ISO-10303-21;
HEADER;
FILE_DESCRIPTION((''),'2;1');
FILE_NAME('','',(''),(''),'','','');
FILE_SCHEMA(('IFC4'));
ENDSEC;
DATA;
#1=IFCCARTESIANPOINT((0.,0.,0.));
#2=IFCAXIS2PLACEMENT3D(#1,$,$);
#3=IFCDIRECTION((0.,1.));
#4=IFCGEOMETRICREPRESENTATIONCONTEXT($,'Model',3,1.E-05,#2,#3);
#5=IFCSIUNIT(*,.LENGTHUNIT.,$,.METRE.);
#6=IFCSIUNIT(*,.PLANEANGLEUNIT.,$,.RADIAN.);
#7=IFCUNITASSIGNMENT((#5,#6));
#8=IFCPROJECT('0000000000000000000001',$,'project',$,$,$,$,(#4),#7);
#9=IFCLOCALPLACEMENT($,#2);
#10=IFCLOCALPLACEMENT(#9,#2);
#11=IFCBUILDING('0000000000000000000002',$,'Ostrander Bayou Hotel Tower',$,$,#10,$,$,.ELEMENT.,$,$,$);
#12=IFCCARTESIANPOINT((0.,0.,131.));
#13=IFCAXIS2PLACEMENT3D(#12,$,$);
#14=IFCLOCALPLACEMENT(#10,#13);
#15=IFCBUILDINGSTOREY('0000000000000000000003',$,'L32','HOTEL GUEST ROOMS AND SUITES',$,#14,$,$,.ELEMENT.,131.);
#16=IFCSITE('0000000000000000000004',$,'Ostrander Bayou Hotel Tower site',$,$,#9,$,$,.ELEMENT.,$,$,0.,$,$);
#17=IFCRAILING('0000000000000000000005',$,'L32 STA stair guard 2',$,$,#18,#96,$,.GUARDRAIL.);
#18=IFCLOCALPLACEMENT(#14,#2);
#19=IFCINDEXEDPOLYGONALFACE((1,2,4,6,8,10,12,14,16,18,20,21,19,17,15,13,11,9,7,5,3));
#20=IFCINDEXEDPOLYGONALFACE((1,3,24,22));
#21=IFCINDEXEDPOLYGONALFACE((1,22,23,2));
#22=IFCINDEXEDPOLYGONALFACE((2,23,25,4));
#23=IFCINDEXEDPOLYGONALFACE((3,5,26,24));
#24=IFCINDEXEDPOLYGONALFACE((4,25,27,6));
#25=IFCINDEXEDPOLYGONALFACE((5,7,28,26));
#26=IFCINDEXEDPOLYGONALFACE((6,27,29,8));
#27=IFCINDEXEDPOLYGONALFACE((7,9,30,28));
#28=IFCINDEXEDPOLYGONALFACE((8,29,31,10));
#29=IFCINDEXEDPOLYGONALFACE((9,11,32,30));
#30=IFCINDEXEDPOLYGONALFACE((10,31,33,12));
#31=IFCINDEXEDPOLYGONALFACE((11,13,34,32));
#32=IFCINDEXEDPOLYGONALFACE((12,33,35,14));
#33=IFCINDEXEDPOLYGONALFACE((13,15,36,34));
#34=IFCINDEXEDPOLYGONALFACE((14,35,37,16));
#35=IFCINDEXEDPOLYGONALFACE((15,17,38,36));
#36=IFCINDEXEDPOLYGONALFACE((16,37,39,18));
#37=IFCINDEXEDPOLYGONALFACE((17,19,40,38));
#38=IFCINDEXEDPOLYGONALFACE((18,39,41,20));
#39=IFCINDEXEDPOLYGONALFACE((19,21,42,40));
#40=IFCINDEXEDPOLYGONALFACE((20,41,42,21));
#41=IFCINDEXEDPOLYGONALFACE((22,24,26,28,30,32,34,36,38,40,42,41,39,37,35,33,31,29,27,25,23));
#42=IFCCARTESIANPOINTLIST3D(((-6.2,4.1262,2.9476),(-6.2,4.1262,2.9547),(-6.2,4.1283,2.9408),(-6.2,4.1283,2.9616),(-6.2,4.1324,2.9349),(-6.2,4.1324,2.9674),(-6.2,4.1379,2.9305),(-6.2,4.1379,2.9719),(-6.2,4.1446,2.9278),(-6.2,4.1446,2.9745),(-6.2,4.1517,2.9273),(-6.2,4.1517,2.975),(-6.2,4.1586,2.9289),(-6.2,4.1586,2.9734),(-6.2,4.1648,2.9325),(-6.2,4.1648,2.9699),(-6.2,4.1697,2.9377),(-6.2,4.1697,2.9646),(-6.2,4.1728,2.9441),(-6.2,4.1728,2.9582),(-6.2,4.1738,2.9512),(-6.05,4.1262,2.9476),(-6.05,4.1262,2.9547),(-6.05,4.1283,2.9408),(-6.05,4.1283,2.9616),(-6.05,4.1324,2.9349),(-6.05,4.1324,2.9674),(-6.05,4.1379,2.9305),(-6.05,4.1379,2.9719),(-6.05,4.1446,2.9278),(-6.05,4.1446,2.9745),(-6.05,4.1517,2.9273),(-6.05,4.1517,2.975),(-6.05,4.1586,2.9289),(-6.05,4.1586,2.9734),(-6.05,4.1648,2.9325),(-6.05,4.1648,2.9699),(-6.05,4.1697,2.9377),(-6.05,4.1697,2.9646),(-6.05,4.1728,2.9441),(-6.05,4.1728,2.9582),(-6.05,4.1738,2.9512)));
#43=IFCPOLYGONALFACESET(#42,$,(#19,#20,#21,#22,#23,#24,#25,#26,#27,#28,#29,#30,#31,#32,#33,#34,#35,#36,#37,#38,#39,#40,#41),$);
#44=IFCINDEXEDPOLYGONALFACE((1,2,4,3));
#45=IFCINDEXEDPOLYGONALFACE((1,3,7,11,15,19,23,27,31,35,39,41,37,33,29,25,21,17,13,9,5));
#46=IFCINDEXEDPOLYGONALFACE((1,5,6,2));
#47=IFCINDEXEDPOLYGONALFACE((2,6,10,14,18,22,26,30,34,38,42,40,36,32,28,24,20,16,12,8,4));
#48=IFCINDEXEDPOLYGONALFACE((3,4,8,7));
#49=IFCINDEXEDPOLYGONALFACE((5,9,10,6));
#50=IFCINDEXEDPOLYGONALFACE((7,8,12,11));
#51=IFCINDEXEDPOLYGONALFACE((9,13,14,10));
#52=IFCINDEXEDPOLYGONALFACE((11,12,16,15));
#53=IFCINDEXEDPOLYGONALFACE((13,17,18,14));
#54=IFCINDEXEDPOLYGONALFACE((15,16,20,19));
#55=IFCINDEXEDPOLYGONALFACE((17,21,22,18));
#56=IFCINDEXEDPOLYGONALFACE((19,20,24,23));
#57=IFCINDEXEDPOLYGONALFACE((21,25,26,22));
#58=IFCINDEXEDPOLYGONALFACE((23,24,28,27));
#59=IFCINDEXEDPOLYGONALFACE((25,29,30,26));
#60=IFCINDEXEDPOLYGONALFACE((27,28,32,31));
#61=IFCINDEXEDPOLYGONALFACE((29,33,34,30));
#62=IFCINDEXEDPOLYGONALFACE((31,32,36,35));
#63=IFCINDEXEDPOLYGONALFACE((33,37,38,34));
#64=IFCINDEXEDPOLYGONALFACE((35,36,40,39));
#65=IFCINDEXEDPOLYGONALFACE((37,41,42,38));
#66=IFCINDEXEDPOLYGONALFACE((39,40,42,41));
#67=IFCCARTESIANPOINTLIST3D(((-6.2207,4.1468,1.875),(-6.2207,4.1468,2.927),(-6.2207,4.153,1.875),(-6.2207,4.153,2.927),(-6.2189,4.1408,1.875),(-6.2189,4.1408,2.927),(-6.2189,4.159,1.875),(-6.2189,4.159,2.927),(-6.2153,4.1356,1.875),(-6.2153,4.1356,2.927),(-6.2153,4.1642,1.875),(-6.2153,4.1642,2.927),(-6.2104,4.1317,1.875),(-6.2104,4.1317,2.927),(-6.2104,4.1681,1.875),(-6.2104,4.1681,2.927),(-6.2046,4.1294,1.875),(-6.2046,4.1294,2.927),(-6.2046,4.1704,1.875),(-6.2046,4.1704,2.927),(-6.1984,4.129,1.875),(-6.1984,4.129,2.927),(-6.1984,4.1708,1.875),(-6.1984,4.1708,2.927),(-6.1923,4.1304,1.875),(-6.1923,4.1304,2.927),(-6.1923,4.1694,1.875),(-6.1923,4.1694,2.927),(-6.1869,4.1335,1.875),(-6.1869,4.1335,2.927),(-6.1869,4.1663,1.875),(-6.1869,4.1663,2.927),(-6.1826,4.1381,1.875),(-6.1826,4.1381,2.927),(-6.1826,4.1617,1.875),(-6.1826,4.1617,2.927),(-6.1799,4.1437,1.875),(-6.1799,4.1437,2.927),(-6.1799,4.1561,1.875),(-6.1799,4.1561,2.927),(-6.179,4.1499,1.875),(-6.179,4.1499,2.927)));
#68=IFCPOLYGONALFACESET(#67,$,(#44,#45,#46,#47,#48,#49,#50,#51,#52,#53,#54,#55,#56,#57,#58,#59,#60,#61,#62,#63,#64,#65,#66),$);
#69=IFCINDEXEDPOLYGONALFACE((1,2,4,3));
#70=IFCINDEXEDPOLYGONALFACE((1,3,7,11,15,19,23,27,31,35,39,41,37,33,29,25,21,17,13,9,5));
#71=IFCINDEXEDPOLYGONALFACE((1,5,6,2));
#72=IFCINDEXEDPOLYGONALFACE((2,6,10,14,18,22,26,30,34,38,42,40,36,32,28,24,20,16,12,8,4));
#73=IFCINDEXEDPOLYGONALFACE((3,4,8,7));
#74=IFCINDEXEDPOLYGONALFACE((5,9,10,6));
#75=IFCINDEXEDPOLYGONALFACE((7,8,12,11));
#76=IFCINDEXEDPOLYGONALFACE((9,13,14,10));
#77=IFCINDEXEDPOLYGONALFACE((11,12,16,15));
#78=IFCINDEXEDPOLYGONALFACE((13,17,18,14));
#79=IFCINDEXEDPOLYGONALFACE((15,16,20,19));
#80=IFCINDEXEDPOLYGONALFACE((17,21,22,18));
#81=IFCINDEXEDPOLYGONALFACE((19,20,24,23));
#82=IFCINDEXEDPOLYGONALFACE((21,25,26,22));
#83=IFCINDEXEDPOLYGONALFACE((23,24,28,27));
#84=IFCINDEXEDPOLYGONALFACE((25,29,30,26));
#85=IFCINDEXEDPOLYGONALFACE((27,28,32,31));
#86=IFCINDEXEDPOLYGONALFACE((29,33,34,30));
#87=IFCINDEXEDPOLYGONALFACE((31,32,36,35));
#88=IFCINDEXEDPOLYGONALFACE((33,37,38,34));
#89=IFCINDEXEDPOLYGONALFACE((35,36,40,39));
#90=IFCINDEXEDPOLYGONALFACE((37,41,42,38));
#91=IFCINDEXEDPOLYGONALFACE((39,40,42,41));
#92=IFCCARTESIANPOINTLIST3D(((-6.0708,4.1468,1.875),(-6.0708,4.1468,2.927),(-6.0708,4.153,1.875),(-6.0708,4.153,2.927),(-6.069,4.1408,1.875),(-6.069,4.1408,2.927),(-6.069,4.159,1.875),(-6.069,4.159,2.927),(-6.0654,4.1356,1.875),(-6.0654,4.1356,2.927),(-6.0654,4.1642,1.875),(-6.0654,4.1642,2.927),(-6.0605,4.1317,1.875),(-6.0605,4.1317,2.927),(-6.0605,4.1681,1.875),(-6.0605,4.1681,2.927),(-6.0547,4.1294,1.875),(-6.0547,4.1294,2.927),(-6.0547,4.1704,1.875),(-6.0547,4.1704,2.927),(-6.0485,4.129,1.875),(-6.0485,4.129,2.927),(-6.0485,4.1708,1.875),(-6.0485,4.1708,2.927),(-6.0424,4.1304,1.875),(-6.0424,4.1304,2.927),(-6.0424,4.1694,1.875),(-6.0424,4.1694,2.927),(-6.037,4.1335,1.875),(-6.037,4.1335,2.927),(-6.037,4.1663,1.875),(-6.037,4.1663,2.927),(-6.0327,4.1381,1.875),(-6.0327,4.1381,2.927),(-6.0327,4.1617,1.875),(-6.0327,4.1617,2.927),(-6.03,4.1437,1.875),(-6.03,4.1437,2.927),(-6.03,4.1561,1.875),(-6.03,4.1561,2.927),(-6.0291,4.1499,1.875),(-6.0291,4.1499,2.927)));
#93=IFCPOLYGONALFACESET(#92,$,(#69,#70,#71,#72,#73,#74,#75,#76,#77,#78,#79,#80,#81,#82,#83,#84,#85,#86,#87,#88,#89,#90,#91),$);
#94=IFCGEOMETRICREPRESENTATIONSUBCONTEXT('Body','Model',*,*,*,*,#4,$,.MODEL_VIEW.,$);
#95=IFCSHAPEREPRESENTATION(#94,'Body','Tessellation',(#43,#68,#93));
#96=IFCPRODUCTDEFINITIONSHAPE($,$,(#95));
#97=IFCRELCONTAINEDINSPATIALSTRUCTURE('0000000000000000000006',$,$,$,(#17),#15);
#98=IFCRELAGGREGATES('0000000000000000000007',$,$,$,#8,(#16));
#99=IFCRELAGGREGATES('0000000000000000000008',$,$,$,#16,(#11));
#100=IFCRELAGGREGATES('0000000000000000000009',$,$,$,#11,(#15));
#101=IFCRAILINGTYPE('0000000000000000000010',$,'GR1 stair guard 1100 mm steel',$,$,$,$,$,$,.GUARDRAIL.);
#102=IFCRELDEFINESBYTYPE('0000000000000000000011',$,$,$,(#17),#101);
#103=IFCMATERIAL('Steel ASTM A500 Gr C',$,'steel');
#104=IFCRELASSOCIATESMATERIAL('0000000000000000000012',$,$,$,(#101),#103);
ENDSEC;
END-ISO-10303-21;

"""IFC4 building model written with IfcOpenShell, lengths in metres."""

from ifc_helpers import new_model, si_unit, direction, frame, origin, origin_2d, place, context, subcontext, project, spatial, circle, extrude, material, type_object, element, save


model = new_model("IFC4")

# Units and contexts
model_context = context("Model", 3, precision=1e-05, world=origin(), true_north=direction((0.0, 1.0)))
body_context = subcontext(model_context, "Body", "Model", "MODEL_VIEW")
ifc_project = project(units=[si_unit("LENGTHUNIT", "METRE"), si_unit("PLANEANGLEUNIT", "RADIAN")], contexts=[model_context])

# Site, building, storey
site_placement = place(None, origin())
site = spatial("IfcSite", under=ifc_project, at=site_placement, Name="Ostrander Bayou Hotel Tower site", CompositionType="ELEMENT", RefElevation=0.0)
building_placement = place(site_placement, origin())
building = spatial("IfcBuilding", under=site, at=building_placement, Name="Ostrander Bayou Hotel Tower", CompositionType="ELEMENT")
storey_placement = place(building_placement, frame((0.0, 0.0, 131.0)))
storey = spatial("IfcBuildingStorey", under=building, at=storey_placement, Name="L32", Description="HOTEL GUEST ROOMS AND SUITES", CompositionType="ELEMENT", Elevation=131.0)

# Railing
ifc_material_1 = material(Name="Steel ASTM A500 Gr C", Category="steel")
railing_type_1 = type_object("IfcRailingType", Name="GR1 stair guard 1100 mm steel", PredefinedType="GUARDRAIL", material=ifc_material_1)
railing_1_placement = place(storey_placement, frame((-6.2, 4.1499, 1.875)))
element("IfcRailing", 1, at=railing_1_placement, inside=storey, type_object=railing_type_1, Name="L32 STA stair guard 2", PredefinedType="GUARDRAIL", context=body_context, shape_type="SweptSolid", body=[
    extrude(circle(Radius=0.0239, at=origin_2d()), frame((0.0, 0.0, 1.0762), z_axis=(1.0, 0.0, 0.0), x_axis=(0.0, 1.0, 0.0)), (0.0, 0.0, 1.0), 0.1499),
    extrude(circle(Radius=0.021, at=origin_2d()), origin(), (0.0, 0.0, 1.0), 1.052),
    extrude(circle(Radius=0.021, at=origin_2d()), frame((0.1499, 0.0, 0.0)), (0.0, 0.0, 1.0), 1.052),
])

save(model, "model.ifc")
